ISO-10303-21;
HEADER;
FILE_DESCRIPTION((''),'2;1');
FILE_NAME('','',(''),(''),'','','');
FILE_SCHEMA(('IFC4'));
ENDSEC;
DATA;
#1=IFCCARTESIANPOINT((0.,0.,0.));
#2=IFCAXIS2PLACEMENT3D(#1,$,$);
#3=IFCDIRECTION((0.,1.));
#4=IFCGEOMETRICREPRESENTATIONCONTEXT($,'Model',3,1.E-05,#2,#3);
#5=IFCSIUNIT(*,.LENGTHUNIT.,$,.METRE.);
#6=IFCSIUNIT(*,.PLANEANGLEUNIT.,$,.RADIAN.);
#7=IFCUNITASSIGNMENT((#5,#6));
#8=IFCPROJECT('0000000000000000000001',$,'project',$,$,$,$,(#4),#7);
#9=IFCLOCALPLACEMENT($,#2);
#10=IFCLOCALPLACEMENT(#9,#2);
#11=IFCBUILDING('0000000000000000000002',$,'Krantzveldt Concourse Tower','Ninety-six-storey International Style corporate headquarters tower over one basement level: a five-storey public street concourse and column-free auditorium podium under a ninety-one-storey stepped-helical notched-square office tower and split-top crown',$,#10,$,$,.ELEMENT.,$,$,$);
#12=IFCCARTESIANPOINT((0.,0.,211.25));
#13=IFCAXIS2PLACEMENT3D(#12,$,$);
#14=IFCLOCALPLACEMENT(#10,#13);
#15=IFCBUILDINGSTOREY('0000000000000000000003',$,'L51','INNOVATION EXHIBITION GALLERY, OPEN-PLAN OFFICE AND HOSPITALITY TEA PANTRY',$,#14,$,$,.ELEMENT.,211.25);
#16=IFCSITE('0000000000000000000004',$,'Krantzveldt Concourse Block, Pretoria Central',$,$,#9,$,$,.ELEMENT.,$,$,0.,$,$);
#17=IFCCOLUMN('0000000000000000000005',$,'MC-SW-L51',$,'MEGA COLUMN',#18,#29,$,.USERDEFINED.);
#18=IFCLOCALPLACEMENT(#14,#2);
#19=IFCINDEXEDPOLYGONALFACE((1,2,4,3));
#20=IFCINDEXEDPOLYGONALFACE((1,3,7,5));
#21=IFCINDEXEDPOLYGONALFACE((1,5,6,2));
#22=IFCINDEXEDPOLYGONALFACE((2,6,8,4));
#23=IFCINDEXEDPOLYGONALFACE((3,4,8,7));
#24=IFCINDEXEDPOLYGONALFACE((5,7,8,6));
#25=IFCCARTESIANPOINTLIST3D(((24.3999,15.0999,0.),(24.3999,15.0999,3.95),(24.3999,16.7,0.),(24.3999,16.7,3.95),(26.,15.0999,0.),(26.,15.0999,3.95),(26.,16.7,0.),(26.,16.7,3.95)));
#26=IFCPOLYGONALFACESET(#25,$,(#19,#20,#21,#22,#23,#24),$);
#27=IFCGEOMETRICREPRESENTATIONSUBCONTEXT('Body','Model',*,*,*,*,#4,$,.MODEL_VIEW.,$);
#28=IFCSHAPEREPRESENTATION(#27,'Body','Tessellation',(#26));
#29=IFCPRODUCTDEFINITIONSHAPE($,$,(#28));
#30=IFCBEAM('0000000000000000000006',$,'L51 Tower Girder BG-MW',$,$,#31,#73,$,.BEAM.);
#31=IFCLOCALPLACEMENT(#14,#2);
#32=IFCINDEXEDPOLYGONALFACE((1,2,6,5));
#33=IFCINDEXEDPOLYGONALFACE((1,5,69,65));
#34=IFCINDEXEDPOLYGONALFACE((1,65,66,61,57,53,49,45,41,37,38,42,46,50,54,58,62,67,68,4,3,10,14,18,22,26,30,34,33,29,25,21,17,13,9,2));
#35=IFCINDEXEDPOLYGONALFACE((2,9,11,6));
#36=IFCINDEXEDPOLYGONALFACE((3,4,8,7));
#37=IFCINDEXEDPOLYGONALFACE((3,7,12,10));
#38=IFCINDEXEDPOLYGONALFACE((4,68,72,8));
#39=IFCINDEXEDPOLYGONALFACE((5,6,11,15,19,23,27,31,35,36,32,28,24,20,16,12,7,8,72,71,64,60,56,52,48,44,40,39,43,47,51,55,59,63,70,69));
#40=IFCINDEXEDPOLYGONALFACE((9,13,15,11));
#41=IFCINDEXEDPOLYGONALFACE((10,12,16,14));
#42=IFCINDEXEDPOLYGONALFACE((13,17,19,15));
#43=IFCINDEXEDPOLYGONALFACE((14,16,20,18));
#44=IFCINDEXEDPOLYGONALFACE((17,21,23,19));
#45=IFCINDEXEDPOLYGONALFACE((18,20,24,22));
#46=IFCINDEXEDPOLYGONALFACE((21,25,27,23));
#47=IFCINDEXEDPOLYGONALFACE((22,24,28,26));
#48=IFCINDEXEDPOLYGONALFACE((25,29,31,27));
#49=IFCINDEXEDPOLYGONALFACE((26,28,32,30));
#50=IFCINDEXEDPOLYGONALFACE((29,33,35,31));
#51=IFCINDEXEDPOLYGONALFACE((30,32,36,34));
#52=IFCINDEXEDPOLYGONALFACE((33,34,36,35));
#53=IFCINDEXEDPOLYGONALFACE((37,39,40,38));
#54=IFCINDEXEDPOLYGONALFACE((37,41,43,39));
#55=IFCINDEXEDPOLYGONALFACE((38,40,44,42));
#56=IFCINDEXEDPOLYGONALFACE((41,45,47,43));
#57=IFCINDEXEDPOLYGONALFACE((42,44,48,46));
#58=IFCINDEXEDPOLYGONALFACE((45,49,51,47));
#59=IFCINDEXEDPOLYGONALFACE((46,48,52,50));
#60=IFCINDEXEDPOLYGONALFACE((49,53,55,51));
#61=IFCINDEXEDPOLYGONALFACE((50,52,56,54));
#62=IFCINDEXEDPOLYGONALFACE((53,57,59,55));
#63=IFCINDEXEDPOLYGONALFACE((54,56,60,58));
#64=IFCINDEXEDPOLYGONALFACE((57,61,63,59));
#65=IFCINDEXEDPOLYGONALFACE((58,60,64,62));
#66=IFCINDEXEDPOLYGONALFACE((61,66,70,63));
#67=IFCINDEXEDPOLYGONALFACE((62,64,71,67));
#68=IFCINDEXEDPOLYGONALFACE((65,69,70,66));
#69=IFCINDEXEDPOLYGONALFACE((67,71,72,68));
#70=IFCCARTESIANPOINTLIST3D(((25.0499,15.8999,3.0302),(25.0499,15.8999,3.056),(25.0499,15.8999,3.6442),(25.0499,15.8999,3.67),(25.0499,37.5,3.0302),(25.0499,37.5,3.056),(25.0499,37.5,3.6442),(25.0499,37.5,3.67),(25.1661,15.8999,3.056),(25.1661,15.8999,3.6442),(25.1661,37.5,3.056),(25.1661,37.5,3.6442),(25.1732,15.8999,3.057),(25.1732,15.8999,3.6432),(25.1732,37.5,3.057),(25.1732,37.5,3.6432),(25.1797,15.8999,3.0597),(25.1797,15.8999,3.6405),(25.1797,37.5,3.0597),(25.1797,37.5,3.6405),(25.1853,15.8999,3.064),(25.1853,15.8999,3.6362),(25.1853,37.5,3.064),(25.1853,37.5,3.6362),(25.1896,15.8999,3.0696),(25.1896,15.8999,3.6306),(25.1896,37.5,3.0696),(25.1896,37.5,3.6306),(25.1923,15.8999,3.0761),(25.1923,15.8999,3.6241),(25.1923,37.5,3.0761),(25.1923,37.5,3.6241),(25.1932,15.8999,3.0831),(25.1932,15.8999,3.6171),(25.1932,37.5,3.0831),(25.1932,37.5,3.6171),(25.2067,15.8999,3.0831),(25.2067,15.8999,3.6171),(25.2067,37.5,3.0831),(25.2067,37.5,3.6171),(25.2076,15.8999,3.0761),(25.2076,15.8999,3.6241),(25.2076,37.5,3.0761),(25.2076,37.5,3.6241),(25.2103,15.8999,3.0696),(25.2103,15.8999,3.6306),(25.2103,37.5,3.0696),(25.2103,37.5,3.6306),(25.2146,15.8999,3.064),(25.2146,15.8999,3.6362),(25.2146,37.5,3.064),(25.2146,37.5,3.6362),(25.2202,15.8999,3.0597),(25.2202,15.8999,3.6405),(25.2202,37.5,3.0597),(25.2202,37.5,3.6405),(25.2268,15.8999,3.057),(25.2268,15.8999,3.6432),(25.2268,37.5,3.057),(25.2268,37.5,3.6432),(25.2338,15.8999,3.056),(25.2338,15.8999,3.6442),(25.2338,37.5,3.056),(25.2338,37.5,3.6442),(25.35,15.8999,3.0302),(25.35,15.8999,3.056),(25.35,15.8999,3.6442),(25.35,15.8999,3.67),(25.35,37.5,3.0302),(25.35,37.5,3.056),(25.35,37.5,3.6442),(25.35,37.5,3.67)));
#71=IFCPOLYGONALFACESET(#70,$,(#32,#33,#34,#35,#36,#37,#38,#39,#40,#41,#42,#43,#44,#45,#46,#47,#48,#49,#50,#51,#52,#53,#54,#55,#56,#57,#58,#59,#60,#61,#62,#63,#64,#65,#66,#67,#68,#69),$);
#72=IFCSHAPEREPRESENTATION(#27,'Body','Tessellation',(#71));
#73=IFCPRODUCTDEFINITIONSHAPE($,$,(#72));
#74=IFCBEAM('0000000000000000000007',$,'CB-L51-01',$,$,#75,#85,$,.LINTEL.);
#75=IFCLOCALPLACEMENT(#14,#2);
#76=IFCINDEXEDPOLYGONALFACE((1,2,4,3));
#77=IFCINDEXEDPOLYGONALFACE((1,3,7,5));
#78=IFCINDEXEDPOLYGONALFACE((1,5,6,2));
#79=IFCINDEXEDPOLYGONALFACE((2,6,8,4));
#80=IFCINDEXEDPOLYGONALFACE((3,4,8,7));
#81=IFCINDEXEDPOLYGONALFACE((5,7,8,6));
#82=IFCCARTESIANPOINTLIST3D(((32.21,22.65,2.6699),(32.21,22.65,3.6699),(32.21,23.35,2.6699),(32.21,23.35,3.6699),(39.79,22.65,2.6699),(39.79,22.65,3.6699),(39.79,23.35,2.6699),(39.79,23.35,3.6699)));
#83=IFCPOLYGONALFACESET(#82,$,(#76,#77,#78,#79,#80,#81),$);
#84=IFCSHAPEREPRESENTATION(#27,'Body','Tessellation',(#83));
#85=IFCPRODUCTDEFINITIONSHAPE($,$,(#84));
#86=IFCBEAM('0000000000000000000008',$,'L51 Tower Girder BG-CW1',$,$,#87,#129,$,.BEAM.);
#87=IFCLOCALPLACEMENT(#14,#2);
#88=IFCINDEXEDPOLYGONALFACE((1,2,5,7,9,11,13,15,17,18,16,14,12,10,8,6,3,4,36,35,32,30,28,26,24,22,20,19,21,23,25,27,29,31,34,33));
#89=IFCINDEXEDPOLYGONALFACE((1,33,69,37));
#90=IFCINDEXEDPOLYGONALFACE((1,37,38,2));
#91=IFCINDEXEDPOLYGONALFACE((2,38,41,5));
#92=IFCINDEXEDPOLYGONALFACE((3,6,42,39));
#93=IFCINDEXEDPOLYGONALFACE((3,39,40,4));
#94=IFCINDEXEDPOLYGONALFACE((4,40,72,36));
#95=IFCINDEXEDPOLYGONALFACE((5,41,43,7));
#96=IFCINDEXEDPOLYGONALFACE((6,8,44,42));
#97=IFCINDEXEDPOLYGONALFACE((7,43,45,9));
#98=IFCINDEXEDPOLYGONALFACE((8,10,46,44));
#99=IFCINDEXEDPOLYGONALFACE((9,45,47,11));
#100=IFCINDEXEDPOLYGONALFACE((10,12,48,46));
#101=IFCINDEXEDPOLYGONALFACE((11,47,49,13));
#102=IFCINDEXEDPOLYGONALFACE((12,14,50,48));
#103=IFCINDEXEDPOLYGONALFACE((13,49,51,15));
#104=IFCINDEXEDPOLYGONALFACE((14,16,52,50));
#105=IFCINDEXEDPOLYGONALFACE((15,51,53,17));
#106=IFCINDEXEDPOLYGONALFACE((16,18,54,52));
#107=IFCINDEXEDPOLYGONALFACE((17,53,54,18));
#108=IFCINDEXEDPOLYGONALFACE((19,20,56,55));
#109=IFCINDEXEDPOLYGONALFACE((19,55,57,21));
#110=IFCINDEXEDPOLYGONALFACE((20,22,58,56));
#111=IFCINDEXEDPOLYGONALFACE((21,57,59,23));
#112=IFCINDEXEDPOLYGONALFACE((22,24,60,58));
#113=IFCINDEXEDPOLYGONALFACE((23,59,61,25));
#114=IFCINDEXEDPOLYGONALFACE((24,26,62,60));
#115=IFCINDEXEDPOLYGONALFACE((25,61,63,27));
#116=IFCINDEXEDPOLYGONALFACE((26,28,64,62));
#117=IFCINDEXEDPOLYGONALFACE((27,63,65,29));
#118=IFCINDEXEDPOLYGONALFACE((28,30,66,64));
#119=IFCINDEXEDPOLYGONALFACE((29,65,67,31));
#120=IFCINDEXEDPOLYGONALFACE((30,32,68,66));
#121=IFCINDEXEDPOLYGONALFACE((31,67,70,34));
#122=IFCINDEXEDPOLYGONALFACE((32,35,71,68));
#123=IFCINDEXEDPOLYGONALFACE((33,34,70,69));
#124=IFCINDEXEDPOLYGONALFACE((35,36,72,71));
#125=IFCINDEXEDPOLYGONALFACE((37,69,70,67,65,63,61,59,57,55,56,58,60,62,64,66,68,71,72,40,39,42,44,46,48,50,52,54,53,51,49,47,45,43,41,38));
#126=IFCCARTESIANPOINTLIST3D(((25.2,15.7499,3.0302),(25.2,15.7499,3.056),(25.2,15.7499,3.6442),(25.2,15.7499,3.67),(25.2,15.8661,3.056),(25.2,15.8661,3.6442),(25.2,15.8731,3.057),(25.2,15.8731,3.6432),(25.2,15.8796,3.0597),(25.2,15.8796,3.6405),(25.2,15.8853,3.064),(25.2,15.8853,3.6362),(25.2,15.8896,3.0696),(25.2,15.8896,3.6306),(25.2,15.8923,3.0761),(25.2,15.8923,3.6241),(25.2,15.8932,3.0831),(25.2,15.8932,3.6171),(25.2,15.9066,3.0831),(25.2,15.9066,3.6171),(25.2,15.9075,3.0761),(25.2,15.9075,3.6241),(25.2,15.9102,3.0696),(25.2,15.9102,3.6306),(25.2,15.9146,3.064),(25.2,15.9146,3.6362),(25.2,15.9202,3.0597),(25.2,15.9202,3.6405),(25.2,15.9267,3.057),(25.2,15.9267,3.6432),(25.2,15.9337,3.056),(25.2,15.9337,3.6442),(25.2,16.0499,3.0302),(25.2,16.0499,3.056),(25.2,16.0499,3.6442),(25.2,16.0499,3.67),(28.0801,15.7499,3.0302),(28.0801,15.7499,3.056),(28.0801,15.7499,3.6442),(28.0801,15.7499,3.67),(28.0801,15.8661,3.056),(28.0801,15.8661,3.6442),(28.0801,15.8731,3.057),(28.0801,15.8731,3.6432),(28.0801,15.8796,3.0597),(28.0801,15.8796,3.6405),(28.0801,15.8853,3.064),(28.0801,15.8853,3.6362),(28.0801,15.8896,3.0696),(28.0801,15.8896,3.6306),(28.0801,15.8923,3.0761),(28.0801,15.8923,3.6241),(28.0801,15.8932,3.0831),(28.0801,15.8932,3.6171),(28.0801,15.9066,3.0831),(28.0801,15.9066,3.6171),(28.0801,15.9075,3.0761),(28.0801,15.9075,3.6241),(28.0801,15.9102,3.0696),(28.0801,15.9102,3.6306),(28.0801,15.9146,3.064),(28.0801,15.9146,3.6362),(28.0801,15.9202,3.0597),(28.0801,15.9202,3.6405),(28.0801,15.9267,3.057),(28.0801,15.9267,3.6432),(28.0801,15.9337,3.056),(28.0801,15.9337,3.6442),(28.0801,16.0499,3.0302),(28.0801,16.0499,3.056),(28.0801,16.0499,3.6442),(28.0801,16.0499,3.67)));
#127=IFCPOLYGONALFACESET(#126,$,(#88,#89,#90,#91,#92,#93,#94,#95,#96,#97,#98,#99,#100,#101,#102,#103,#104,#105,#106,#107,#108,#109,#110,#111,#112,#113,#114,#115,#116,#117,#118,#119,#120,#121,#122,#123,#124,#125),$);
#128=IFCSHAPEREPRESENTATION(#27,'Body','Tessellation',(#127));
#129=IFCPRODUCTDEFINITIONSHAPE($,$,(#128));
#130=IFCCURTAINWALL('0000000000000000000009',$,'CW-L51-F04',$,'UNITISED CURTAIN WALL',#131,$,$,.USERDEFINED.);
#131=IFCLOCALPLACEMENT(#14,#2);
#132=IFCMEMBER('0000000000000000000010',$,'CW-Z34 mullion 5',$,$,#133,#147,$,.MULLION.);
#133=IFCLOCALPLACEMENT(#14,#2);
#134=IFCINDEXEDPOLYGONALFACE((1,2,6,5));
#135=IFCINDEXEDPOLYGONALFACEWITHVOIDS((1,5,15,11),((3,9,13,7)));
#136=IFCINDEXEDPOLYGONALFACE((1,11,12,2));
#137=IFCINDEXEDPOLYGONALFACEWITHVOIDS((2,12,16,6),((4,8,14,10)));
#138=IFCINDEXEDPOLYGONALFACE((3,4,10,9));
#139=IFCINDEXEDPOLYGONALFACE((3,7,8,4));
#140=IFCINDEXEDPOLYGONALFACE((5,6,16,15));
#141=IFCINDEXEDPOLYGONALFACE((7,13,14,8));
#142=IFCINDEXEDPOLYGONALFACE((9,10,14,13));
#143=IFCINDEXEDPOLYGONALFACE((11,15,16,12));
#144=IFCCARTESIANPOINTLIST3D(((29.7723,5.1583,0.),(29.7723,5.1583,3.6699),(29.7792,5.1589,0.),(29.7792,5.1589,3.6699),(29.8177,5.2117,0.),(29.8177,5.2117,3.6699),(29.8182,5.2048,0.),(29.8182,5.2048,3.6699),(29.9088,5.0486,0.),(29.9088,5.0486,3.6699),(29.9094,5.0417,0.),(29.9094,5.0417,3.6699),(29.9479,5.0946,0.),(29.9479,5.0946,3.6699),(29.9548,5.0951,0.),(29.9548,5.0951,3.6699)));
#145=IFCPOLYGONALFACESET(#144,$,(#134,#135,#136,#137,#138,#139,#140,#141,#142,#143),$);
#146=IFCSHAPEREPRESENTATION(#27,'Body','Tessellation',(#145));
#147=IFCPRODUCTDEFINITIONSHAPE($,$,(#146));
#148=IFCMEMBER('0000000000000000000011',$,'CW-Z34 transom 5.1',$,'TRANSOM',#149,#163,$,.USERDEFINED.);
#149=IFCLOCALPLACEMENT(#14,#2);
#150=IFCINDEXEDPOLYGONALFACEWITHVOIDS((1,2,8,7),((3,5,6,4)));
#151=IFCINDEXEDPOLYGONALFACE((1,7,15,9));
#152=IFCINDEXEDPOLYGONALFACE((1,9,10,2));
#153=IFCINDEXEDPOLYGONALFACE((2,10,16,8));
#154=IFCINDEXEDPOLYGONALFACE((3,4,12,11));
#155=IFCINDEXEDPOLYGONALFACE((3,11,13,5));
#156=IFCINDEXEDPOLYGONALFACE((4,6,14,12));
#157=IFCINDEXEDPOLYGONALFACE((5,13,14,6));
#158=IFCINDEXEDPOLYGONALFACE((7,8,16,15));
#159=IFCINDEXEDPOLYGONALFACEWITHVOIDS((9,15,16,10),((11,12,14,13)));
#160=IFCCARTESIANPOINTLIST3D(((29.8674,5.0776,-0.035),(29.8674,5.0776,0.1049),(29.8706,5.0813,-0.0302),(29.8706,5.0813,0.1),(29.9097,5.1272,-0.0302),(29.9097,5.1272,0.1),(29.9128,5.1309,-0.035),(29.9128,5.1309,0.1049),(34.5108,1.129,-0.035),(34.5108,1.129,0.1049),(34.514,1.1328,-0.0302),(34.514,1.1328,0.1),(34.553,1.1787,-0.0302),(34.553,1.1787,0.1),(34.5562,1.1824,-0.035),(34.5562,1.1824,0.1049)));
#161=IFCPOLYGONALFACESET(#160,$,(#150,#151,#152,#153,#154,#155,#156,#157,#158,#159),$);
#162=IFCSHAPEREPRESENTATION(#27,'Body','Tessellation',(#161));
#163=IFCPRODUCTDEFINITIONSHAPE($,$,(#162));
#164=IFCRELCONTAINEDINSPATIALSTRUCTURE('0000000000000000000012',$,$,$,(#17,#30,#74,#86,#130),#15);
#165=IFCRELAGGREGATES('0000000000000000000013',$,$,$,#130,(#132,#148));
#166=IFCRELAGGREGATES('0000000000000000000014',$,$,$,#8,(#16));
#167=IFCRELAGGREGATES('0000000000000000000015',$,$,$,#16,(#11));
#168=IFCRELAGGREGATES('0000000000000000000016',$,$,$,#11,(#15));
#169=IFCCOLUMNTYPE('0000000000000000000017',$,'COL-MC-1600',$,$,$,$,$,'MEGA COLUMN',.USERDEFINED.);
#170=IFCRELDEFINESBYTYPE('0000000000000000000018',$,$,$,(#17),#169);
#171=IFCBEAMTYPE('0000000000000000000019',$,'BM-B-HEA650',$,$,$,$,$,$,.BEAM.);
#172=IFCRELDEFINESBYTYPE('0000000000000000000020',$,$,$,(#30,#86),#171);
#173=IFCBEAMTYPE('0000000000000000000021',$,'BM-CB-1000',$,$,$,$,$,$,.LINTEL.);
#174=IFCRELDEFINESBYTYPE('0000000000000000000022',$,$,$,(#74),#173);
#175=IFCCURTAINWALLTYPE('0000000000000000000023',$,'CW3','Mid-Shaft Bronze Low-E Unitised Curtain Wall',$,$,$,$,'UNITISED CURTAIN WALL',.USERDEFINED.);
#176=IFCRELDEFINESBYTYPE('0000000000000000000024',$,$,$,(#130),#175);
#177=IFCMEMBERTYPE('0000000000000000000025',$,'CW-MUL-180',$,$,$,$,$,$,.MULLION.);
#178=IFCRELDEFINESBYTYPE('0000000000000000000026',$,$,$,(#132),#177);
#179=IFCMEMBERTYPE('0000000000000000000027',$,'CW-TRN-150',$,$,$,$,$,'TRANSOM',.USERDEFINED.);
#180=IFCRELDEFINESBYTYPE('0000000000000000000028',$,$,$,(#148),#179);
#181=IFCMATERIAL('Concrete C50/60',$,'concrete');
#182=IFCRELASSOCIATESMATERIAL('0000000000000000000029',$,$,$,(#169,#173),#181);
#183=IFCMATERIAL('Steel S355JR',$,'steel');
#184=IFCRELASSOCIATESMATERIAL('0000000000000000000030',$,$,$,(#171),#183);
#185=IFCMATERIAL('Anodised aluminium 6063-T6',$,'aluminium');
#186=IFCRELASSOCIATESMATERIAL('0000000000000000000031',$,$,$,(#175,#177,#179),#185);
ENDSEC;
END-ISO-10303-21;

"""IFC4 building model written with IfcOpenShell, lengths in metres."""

from ifc_helpers import new_model, si_unit, direction, frame, origin, origin_2d, place, context, subcontext, project, spatial, rectangle, hollow_rectangle, i_section, extrude, source, transform, mapped, material, material_profile, profile_set, type_object, type_shapes, element, aggregate, save


model = new_model("IFC4")

# Units and contexts
model_context = context("Model", 3, precision=1e-05, world=origin(), true_north=direction((0.0, 1.0)))
body_context = subcontext(model_context, "Body", "Model", "MODEL_VIEW")
ifc_project = project(units=[si_unit("LENGTHUNIT", "METRE"), si_unit("PLANEANGLEUNIT", "RADIAN")], contexts=[model_context])

# Site, building, storey
site_placement = place(None, origin())
site = spatial("IfcSite", under=ifc_project, at=site_placement, Name="Krantzveldt Concourse Block, Pretoria Central", CompositionType="ELEMENT", RefElevation=0.0)
building_placement = place(site_placement, origin())
building = spatial("IfcBuilding", under=site, at=building_placement, Name="Krantzveldt Concourse Tower", Description="Ninety-six-storey International Style corporate headquarters tower over one basement level: a five-storey public street concourse and column-free auditorium podium under a ninety-one-storey stepped-helical notched-square office tower and split-top crown", CompositionType="ELEMENT")
storey_placement = place(building_placement, frame((0.0, 0.0, 211.25)))
storey = spatial("IfcBuildingStorey", under=building, at=storey_placement, Name="L51", Description="INNOVATION EXHIBITION GALLERY, OPEN-PLAN OFFICE AND HOSPITALITY TEA PANTRY", CompositionType="ELEMENT", Elevation=211.25)

# Column
ifc_material_1 = material(Name="Concrete C50/60", Category="concrete")
ifc_material_profile_1 = material_profile(ifc_material_1, rectangle(XDim=1.6001, YDim=1.6001, at=origin_2d()), Name="Concrete C50/60", Category="concrete")
ifc_profile_set_1 = profile_set([ifc_material_profile_1], Name="Concrete C50/60 - RC 1600x1600")
column_type = type_object("IfcColumnType", Name="COL-MC-1600", ElementType="MEGA COLUMN", PredefinedType="USERDEFINED", material=ifc_profile_set_1)
shared_shape_1 = source(origin(), body_context, "Body", "SweptSolid", [
    extrude(rectangle(XDim=1.6001, YDim=1.6001, at=origin_2d()), origin(), (0.0, 0.0, 1.0), 3.95),
])
type_shapes(column_type, [shared_shape_1])
column_placement = place(storey_placement, frame((25.2, 15.8999, 0.0), z_axis=(0.0, 0.0, 1.0), x_axis=(1.0, 0.0, 0.0)))
element("IfcColumn", 1, at=column_placement, inside=storey, type_object=column_type, Name="MC-SW-L51", ObjectType="MEGA COLUMN", PredefinedType="USERDEFINED", context=body_context, shape_type="MappedRepresentation", body=[
    mapped(shared_shape_1, transform((0.0, 0.0, 0.0), x_axis=(1.0, 0.0, 0.0), y_axis=(0.0, 1.0, 0.0), z_axis=(0.0, 0.0, 1.0), scale=1.0)),
])

# Beams
ifc_material_2 = material(Name="Steel S355JR", Category="steel")
ifc_material_profile_2 = material_profile(ifc_material_2, i_section(OverallWidth=0.3, OverallDepth=0.6399, WebThickness=0.0134, FlangeThickness=0.0259, FilletRadius=0.0271, at=origin_2d()), Name="Steel S355JR", Category="steel")
ifc_profile_set_2 = profile_set([ifc_material_profile_2], Name="Steel S355JR - HEA 650")
beam_type_1 = type_object("IfcBeamType", Name="BM-B-HEA650", PredefinedType="BEAM", material=ifc_profile_set_2)
shared_shape_2 = source(origin(), body_context, "Body", "SweptSolid", [
    extrude(i_section(OverallWidth=0.3, OverallDepth=0.6399, WebThickness=0.0134, FlangeThickness=0.0259, FilletRadius=0.0271, at=origin_2d()), origin(), (0.0, 0.0, 1.0), 21.6001),
])
beam_1_placement = place(storey_placement, frame((25.2, 15.8999, 3.3501), z_axis=(0.0, 1.0, 0.0), x_axis=(-1.0, 0.0, 0.0)))
element("IfcBeam", 2, at=beam_1_placement, inside=storey, type_object=beam_type_1, Name="L51 Tower Girder BG-MW", PredefinedType="BEAM", context=body_context, shape_type="MappedRepresentation", body=[
    mapped(shared_shape_2, transform((0.0, 0.0, 0.0), x_axis=(1.0, 0.0, 0.0), y_axis=(0.0, 1.0, 0.0), z_axis=(0.0, 0.0, 1.0), scale=1.0)),
])
ifc_material_profile_3 = material_profile(ifc_material_1, rectangle(XDim=0.7, YDim=1.0, at=origin_2d()), Name="Concrete C50/60", Category="concrete")
ifc_profile_set_3 = profile_set([ifc_material_profile_3], Name="Concrete C50/60 - RC-CB 700x1000")
beam_type_2 = type_object("IfcBeamType", Name="BM-CB-1000", PredefinedType="LINTEL", material=ifc_profile_set_3)
shared_shape_3 = source(origin(), body_context, "Body", "SweptSolid", [
    extrude(rectangle(XDim=0.7, YDim=1.0, at=origin_2d()), origin(), (0.0, 0.0, 1.0), 7.5801),
])
type_shapes(beam_type_2, [shared_shape_3])
beam_2_placement = place(storey_placement, frame((32.21, 23.0, 3.1699), z_axis=(1.0, 0.0, 0.0), x_axis=(0.0, 1.0, 0.0)))
element("IfcBeam", 3, at=beam_2_placement, inside=storey, type_object=beam_type_2, Name="CB-L51-01", PredefinedType="LINTEL", context=body_context, shape_type="MappedRepresentation", body=[
    mapped(shared_shape_3, transform((0.0, 0.0, 0.0), x_axis=(1.0, 0.0, 0.0), y_axis=(0.0, 1.0, 0.0), z_axis=(0.0, 0.0, 1.0), scale=1.0)),
])
shared_shape_4 = source(origin(), body_context, "Body", "SweptSolid", [
    extrude(i_section(OverallWidth=0.3, OverallDepth=0.6399, WebThickness=0.0134, FlangeThickness=0.0259, FilletRadius=0.0271, at=origin_2d()), origin(), (0.0, 0.0, 1.0), 2.8801),
])
type_shapes(beam_type_1, [shared_shape_2, shared_shape_4])
beam_3_placement = place(storey_placement, frame((25.2, 15.8999, 3.3501), z_axis=(1.0, 0.0, 0.0), x_axis=(0.0, 1.0, 0.0)))
element("IfcBeam", 4, at=beam_3_placement, inside=storey, type_object=beam_type_1, Name="L51 Tower Girder BG-CW1", PredefinedType="BEAM", context=body_context, shape_type="MappedRepresentation", body=[
    mapped(shared_shape_4, transform((0.0, 0.0, 0.0), x_axis=(1.0, 0.0, 0.0), y_axis=(0.0, 1.0, 0.0), z_axis=(0.0, 0.0, 1.0), scale=1.0)),
])

# Curtain wall, members
ifc_material_3 = material(Name="Anodised aluminium 6063-T6", Category="aluminium")
curtain_wall_type = type_object("IfcCurtainWallType", Name="CW3", Description="Mid-Shaft Bronze Low-E Unitised Curtain Wall", ElementType="UNITISED CURTAIN WALL", PredefinedType="USERDEFINED", material=ifc_material_3)
curtain_wall_placement = place(storey_placement, origin())
curtain_wall = element("IfcCurtainWall", 5, at=curtain_wall_placement, inside=storey, type_object=curtain_wall_type, Name="CW-L51-F04", ObjectType="UNITISED CURTAIN WALL", PredefinedType="USERDEFINED")
ifc_material_profile_4 = material_profile(ifc_material_3, hollow_rectangle(XDim=0.0701, YDim=0.1799, WallThickness=0.0049, at=origin_2d()), Name="Anodised aluminium 6063-T6", Category="aluminium")
ifc_profile_set_4 = profile_set([ifc_material_profile_4], Name="Anodised aluminium 6063-T6 - ALU-MULL 180x70x5")
member_type_1 = type_object("IfcMemberType", Name="CW-MUL-180", PredefinedType="MULLION", material=ifc_profile_set_4)
shared_shape_5 = source(origin(), body_context, "Body", "SweptSolid", [
    extrude(hollow_rectangle(XDim=0.0701, YDim=0.1799, WallThickness=0.0049, at=origin_2d()), origin(), (0.0, 0.0, 1.0), 3.6699),
])
type_shapes(member_type_1, [shared_shape_5])
member_1_placement = place(storey_placement, frame((29.8635, 5.1267, 0.0), z_axis=(0.0, 0.0, 1.0), x_axis=(0.647788, 0.761821, 0.0)))
member_1 = element("IfcMember", 6, at=member_1_placement, type_object=member_type_1, Name="CW-Z34 mullion 5", PredefinedType="MULLION", context=body_context, shape_type="MappedRepresentation", body=[
    mapped(shared_shape_5, transform((0.0, 0.0, 0.0), x_axis=(1.0, 0.0, 0.0), y_axis=(0.0, 1.0, 0.0), z_axis=(0.0, 0.0, 1.0), scale=1.0)),
])
ifc_material_profile_5 = material_profile(ifc_material_3, hollow_rectangle(XDim=0.0701, YDim=0.1399, WallThickness=0.0049, at=origin_2d()), Name="Anodised aluminium 6063-T6", Category="aluminium")
ifc_profile_set_5 = profile_set([ifc_material_profile_5], Name="Anodised aluminium 6063-T6 - ALU-TRAN 140x70x5")
member_type_2 = type_object("IfcMemberType", Name="CW-TRN-150", ElementType="TRANSOM", PredefinedType="USERDEFINED", material=ifc_profile_set_5)
shared_shape_6 = source(origin(), body_context, "Body", "SweptSolid", [
    extrude(hollow_rectangle(XDim=0.0701, YDim=0.1399, WallThickness=0.0049, at=origin_2d()), origin(), (0.0, 0.0, 1.0), 6.0952),
])
type_shapes(member_type_2, [shared_shape_6])
member_2_placement = place(storey_placement, frame((29.8901, 5.1042, 0.0349), z_axis=(0.761804, -0.647808, 0.0), x_axis=(0.647808, 0.761804, 0.0)))
member_2 = element("IfcMember", 7, at=member_2_placement, type_object=member_type_2, Name="CW-Z34 transom 5.1", ObjectType="TRANSOM", PredefinedType="USERDEFINED", context=body_context, shape_type="MappedRepresentation", body=[
    mapped(shared_shape_6, transform((0.0, 0.0, 0.0), x_axis=(1.0, 0.0, 0.0), y_axis=(0.0, 1.0, 0.0), z_axis=(0.0, 0.0, 1.0), scale=1.0)),
])
aggregate(curtain_wall, [member_1, member_2])

save(model, "model.ifc")
